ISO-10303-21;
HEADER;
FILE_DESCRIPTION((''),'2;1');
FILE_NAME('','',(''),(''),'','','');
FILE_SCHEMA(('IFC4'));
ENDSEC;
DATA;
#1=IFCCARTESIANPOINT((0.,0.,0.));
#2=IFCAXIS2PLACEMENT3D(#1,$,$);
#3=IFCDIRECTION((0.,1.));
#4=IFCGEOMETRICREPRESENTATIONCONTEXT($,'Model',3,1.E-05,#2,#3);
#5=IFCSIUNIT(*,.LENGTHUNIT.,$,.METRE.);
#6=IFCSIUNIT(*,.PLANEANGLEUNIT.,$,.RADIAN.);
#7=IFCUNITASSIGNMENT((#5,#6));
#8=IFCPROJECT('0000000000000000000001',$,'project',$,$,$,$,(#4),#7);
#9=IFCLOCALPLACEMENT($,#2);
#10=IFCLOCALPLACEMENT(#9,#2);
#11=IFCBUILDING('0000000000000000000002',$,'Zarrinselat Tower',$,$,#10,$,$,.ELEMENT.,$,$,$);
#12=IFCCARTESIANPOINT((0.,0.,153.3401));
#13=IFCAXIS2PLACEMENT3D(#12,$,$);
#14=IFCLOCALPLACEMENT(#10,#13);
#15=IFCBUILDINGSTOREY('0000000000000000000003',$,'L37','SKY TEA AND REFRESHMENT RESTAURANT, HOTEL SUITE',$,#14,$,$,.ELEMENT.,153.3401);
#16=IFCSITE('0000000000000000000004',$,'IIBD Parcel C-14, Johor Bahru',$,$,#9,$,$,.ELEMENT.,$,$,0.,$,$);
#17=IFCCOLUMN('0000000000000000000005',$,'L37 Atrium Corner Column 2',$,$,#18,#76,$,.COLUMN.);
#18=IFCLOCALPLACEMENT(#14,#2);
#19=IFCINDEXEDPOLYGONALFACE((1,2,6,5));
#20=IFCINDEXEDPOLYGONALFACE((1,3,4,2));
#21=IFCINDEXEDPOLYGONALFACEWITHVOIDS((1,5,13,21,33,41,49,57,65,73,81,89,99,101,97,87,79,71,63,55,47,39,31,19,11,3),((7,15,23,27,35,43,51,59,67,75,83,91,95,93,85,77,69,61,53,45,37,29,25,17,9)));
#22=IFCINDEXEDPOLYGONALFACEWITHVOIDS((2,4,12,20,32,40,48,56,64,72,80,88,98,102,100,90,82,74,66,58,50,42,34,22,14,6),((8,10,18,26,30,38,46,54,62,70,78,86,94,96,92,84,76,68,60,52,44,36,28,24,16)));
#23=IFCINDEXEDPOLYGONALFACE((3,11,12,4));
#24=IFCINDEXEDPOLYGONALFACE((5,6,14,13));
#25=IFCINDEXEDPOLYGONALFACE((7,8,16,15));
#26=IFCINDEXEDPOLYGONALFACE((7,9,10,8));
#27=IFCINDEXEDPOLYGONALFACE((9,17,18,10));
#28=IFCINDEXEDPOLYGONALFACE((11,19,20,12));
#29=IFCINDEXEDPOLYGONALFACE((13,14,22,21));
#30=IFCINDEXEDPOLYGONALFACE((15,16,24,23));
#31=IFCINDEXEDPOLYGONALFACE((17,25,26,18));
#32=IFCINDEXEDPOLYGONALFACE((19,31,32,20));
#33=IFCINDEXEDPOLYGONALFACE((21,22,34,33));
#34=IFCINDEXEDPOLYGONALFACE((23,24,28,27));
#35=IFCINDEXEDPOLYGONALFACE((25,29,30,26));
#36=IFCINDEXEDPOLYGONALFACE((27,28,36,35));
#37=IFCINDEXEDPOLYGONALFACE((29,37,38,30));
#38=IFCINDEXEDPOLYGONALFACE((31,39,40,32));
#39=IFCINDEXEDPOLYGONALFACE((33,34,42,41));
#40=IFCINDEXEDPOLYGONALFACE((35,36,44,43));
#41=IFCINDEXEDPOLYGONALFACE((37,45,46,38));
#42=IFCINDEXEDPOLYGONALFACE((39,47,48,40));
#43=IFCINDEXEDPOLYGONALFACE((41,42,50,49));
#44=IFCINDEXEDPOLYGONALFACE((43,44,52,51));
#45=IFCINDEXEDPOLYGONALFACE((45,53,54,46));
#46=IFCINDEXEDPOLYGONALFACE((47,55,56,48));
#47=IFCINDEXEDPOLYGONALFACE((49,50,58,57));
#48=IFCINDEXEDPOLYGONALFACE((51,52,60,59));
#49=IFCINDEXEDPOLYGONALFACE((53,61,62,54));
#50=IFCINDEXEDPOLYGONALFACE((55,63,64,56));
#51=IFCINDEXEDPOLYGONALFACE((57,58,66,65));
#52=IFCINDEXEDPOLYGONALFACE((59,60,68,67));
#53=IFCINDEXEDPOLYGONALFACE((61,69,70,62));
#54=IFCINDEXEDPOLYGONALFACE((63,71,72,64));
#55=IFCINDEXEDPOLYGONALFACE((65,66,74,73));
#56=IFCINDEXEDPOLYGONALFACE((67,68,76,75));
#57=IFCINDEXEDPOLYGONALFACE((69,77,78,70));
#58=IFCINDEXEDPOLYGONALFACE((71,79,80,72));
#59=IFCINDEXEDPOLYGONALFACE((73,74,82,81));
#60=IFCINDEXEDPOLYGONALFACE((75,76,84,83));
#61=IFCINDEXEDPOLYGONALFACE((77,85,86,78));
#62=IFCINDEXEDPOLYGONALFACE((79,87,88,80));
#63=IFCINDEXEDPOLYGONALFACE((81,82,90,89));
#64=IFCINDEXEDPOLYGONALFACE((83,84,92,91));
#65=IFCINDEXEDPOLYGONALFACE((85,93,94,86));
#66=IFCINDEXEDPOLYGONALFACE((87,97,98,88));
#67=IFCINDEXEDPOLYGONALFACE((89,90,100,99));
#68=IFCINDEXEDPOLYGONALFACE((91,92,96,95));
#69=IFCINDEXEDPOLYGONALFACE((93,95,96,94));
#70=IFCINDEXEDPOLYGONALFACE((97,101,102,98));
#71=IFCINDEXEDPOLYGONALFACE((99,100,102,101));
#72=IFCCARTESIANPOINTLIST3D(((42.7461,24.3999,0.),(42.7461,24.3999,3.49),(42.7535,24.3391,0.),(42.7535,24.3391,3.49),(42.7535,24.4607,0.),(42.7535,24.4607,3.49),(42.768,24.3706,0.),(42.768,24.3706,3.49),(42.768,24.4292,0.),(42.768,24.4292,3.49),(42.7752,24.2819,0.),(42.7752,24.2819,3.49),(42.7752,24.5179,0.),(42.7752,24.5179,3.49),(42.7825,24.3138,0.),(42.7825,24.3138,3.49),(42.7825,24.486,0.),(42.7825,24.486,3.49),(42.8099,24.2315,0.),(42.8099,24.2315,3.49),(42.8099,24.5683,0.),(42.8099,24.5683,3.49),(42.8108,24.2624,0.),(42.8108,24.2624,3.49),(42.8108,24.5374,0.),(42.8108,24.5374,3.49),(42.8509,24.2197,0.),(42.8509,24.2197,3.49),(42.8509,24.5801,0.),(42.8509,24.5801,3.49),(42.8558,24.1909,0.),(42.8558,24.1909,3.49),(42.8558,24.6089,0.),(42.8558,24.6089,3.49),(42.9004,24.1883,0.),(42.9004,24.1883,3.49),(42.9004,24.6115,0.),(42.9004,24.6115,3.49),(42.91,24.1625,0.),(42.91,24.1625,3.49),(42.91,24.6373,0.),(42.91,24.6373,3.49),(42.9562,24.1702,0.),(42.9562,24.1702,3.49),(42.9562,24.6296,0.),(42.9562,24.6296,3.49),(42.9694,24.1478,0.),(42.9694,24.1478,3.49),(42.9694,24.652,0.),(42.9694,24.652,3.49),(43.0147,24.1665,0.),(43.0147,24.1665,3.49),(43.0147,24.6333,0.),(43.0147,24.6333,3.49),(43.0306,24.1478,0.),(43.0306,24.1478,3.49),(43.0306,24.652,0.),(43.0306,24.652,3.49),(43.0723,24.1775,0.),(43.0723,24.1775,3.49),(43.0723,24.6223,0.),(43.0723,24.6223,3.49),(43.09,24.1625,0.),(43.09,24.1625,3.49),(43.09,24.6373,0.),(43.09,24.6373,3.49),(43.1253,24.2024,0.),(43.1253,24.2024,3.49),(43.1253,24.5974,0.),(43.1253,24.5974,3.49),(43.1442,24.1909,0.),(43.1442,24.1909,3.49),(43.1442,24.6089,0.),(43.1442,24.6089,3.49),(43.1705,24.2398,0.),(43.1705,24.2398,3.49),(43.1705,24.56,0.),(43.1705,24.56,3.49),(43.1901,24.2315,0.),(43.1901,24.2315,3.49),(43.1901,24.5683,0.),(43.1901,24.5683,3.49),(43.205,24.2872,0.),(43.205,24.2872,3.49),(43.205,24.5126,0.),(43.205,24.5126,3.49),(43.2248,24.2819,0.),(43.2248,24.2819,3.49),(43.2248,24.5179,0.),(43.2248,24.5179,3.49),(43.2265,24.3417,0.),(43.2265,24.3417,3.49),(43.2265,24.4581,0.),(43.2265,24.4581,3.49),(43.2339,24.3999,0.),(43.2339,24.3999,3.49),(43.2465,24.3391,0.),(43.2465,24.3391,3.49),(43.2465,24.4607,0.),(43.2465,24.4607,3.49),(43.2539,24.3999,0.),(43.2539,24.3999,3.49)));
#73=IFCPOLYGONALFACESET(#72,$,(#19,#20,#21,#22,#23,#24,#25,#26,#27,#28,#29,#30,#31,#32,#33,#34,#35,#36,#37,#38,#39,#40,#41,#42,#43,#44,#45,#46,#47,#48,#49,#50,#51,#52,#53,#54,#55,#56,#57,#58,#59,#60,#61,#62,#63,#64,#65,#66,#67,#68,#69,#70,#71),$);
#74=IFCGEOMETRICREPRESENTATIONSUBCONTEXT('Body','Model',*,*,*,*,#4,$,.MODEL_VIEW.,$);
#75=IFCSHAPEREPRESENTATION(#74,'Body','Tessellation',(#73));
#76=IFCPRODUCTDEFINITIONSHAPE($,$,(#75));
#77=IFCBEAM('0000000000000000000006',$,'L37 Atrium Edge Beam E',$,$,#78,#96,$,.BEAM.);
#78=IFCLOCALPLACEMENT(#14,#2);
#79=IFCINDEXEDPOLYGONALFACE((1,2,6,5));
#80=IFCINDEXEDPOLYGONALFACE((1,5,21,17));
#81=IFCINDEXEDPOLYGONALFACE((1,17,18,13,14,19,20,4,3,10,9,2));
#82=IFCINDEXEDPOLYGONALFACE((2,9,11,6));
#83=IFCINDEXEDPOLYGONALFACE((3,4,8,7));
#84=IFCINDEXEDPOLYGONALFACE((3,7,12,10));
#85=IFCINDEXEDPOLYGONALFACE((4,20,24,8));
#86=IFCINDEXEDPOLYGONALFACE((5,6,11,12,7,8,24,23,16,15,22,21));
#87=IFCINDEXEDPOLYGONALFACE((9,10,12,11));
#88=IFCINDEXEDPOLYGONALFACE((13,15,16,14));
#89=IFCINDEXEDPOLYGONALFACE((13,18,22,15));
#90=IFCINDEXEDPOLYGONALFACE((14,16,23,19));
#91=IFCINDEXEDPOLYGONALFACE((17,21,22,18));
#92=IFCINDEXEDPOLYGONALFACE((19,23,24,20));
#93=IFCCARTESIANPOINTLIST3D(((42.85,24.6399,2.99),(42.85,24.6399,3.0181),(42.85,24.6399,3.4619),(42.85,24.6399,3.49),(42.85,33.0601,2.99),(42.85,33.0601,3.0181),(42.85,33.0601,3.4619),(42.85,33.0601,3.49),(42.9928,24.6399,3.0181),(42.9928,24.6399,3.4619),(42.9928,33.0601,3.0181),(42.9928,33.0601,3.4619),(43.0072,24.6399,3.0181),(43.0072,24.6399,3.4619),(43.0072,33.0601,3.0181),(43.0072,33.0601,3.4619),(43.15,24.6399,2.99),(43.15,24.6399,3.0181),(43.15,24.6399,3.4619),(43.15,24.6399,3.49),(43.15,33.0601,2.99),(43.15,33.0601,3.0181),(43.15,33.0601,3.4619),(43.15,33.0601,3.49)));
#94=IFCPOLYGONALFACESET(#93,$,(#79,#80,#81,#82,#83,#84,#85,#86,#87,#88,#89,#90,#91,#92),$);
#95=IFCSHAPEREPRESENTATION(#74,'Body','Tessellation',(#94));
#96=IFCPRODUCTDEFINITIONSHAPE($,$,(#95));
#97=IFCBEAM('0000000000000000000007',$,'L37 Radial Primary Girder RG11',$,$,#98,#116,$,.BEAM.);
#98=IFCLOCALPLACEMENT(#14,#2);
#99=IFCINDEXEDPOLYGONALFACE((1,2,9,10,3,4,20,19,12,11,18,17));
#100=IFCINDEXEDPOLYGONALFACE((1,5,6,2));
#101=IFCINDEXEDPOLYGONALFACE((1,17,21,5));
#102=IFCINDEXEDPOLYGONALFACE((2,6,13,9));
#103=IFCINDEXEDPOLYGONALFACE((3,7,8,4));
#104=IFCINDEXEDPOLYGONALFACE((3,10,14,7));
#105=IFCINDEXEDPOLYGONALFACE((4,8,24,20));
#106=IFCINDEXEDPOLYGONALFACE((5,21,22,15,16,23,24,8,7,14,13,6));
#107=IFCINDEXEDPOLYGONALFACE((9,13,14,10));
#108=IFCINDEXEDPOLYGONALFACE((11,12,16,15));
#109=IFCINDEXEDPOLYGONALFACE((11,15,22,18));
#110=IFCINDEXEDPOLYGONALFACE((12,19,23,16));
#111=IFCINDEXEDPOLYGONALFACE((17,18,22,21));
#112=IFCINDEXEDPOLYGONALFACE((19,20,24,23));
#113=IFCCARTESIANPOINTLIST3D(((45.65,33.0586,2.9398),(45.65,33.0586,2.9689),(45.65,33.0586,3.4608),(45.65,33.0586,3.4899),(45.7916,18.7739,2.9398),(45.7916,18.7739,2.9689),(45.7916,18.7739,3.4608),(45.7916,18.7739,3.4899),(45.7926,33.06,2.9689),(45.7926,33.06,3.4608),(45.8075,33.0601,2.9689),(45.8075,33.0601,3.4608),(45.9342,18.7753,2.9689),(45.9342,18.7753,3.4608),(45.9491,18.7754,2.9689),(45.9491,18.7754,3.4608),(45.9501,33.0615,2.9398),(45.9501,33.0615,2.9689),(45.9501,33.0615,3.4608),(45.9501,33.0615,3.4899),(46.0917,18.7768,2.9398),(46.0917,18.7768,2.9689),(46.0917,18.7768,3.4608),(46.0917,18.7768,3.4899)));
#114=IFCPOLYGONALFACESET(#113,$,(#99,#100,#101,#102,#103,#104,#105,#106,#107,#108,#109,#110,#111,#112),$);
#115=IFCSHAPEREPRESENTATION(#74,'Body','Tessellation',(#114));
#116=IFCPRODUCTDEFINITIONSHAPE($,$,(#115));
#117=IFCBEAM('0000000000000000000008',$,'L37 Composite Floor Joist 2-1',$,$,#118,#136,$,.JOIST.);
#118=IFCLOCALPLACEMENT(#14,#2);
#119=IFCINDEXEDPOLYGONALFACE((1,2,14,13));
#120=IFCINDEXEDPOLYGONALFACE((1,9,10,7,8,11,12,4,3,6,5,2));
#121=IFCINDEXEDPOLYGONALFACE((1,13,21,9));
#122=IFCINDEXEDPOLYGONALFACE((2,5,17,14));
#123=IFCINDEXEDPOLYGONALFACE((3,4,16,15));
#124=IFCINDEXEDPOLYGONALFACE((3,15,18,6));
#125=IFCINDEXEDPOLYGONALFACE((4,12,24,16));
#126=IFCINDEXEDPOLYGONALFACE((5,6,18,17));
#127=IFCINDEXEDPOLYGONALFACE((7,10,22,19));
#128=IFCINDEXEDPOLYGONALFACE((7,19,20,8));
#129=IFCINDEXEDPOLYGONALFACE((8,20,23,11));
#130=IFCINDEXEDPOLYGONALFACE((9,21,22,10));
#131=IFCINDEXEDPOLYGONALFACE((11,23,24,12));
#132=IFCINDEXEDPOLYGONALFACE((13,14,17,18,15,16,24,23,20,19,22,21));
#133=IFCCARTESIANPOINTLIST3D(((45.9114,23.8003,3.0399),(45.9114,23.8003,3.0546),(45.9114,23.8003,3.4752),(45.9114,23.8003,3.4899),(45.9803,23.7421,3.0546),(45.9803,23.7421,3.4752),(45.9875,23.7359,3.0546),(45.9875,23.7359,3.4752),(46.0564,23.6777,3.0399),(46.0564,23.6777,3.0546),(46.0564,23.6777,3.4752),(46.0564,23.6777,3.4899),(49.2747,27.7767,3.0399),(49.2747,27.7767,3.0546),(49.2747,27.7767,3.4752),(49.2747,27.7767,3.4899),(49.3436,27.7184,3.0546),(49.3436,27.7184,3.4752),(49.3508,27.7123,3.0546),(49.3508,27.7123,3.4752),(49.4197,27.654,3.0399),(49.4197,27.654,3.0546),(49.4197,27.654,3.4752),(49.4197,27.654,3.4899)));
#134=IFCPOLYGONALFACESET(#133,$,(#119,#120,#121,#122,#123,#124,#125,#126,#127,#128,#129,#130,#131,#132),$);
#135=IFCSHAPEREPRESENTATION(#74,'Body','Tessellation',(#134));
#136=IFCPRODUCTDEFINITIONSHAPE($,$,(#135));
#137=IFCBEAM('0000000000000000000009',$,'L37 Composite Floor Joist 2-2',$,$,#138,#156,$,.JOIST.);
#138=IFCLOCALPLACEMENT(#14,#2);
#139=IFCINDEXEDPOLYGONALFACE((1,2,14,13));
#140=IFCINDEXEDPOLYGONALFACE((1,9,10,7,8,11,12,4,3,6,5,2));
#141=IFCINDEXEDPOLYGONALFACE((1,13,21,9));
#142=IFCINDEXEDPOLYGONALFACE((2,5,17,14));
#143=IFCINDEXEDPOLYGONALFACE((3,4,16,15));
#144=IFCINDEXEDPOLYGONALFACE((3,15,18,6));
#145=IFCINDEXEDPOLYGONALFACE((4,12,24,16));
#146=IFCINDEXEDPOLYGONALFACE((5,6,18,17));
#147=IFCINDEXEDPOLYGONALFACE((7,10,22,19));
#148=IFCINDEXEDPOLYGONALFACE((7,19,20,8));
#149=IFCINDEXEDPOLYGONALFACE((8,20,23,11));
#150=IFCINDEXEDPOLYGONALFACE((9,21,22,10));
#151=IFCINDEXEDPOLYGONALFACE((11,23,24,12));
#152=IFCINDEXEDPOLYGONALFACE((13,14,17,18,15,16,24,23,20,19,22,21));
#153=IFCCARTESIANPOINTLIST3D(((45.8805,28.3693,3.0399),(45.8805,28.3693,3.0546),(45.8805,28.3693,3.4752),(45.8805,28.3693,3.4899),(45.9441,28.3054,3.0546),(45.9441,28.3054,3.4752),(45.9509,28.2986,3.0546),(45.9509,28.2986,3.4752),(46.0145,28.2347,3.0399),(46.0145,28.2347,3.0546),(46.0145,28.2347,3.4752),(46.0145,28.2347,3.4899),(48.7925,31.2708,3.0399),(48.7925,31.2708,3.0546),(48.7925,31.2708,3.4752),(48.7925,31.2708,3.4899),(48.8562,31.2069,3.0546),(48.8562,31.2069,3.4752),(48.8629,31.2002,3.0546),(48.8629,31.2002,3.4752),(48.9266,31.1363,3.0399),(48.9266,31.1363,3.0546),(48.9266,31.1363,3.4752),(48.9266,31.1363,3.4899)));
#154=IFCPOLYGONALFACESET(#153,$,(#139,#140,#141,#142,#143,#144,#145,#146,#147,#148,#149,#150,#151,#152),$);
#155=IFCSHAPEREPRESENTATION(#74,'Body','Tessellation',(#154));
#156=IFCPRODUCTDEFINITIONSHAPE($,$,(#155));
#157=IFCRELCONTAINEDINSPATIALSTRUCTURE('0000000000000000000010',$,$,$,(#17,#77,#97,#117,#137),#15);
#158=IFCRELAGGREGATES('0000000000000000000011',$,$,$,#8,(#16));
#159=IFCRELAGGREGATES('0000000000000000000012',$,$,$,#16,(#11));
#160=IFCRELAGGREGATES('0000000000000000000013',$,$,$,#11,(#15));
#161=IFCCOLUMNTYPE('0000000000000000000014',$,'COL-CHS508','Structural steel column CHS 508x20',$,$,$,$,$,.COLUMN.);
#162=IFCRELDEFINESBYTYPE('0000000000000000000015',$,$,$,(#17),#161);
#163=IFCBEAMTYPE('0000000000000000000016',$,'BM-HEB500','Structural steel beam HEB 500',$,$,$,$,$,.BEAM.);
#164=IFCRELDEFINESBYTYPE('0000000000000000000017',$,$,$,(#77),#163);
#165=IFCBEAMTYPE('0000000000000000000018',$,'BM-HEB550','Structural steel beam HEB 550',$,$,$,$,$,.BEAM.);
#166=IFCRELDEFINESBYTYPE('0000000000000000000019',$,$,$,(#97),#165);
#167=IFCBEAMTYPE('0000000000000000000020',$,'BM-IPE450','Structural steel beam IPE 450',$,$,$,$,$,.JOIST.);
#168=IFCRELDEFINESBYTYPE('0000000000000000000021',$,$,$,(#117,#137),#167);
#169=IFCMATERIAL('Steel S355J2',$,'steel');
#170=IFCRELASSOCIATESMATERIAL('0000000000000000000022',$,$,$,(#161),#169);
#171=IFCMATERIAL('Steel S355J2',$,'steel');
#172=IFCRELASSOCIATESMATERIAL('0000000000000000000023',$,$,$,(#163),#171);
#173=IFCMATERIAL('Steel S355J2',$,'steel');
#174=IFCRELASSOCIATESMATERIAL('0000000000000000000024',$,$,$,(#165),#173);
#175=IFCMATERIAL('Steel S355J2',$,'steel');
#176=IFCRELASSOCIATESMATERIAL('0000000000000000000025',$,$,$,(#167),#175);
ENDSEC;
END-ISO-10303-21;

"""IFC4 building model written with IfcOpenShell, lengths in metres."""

from ifc_helpers import new_model, si_unit, direction, frame, origin, origin_2d, place, context, subcontext, project, spatial, hollow_circle, i_section, extrude, material, material_profile, profile_set, type_object, element, save


model = new_model("IFC4")

# Units and contexts
model_context = context("Model", 3, precision=1e-05, world=origin(), true_north=direction((0.0, 1.0)))
body_context = subcontext(model_context, "Body", "Model", "MODEL_VIEW")
ifc_project = project(units=[si_unit("LENGTHUNIT", "METRE"), si_unit("PLANEANGLEUNIT", "RADIAN")], contexts=[model_context])

# Site, building, storey
site_placement = place(None, origin())
site = spatial("IfcSite", under=ifc_project, at=site_placement, Name="IIBD Parcel C-14, Johor Bahru", CompositionType="ELEMENT", RefElevation=0.0)
building_placement = place(site_placement, origin())
building = spatial("IfcBuilding", under=site, at=building_placement, Name="Zarrinselat Tower", CompositionType="ELEMENT")
storey_placement = place(building_placement, frame((0.0, 0.0, 153.3401)))
storey = spatial("IfcBuildingStorey", under=building, at=storey_placement, Name="L37", Description="SKY TEA AND REFRESHMENT RESTAURANT, HOTEL SUITE", CompositionType="ELEMENT", Elevation=153.3401)

# Column
ifc_material_1 = material(Name="Steel S355J2", Category="steel")
ifc_material_profile_1 = material_profile(ifc_material_1, hollow_circle(Radius=0.2539, WallThickness=0.02, at=origin_2d()), Name="CHS 508x20")
ifc_profile_set_1 = profile_set([ifc_material_profile_1], Name="Steel S355J2")
column_type = type_object("IfcColumnType", Name="COL-CHS508", Description="Structural steel column CHS 508x20", PredefinedType="COLUMN", material=ifc_profile_set_1)
column_placement = place(storey_placement, frame((43.0, 24.3999, 0.0), z_axis=(0.0, 0.0, 1.0), x_axis=(1.0, 0.0, 0.0)))
element("IfcColumn", 1, at=column_placement, inside=storey, type_object=column_type, Name="L37 Atrium Corner Column 2", PredefinedType="COLUMN", context=body_context, shape_type="SweptSolid", body=[
    extrude(hollow_circle(Radius=0.2539, WallThickness=0.02, at=origin_2d()), origin(), (0.0, 0.0, 1.0), 3.49),
])

# Beams
ifc_material_2 = material(Name="Steel S355J2", Category="steel")
ifc_material_profile_2 = material_profile(ifc_material_2, i_section(OverallWidth=0.3, OverallDepth=0.5, WebThickness=0.0144, FlangeThickness=0.0281, at=origin_2d()), Name="HEB 500")
ifc_profile_set_2 = profile_set([ifc_material_profile_2], Name="Steel S355J2")
beam_type_1 = type_object("IfcBeamType", Name="BM-HEB500", Description="Structural steel beam HEB 500", PredefinedType="BEAM", material=ifc_profile_set_2)
beam_1_placement = place(storey_placement, frame((43.0, 24.6399, 3.24), z_axis=(0.0, 1.0, 0.0), x_axis=(-1.0, 0.0, 0.0)))
element("IfcBeam", 2, at=beam_1_placement, inside=storey, type_object=beam_type_1, Name="L37 Atrium Edge Beam E", PredefinedType="BEAM", context=body_context, shape_type="SweptSolid", body=[
    extrude(i_section(OverallWidth=0.3, OverallDepth=0.5, WebThickness=0.0144, FlangeThickness=0.0281, at=origin_2d()), origin(), (0.0, 0.0, 1.0), 8.4202),
])
ifc_material_3 = material(Name="Steel S355J2", Category="steel")
ifc_material_profile_3 = material_profile(ifc_material_3, i_section(OverallWidth=0.3, OverallDepth=0.55, WebThickness=0.0149, FlangeThickness=0.0291, at=origin_2d()), Name="HEB 550")
ifc_profile_set_3 = profile_set([ifc_material_profile_3], Name="Steel S355J2")
beam_type_2 = type_object("IfcBeamType", Name="BM-HEB550", Description="Structural steel beam HEB 550", PredefinedType="BEAM", material=ifc_profile_set_3)
beam_2_placement = place(storey_placement, frame((45.8, 33.0601, 3.2148), z_axis=(0.009912, -0.999951, 0.0), x_axis=(0.999951, 0.009912, 0.0)))
element("IfcBeam", 3, at=beam_2_placement, inside=storey, type_object=beam_type_2, Name="L37 Radial Primary Girder RG11", PredefinedType="BEAM", context=body_context, shape_type="SweptSolid", body=[
    extrude(i_section(OverallWidth=0.3, OverallDepth=0.55, WebThickness=0.0149, FlangeThickness=0.0291, at=origin_2d()), origin(), (0.0, 0.0, 1.0), 14.2854),
])
ifc_material_4 = material(Name="Steel S355J2", Category="steel")
ifc_material_profile_4 = material_profile(ifc_material_4, i_section(OverallWidth=0.1899, OverallDepth=0.45, WebThickness=0.0095, FlangeThickness=0.0146, at=origin_2d()), Name="IPE 450")
ifc_profile_set_4 = profile_set([ifc_material_profile_4], Name="Steel S355J2")
beam_type_3 = type_object("IfcBeamType", Name="BM-IPE450", Description="Structural steel beam IPE 450", PredefinedType="JOIST", material=ifc_profile_set_4)
beam_3_placement = place(storey_placement, frame((45.9839, 23.739, 3.2649), z_axis=(0.645797, 0.763509, 0.0), x_axis=(-0.763509, 0.645797, 0.0)))
element("IfcBeam", 4, at=beam_3_placement, inside=storey, type_object=beam_type_3, Name="L37 Composite Floor Joist 2-1", PredefinedType="JOIST", context=body_context, shape_type="SweptSolid", body=[
    extrude(i_section(OverallWidth=0.1899, OverallDepth=0.45, WebThickness=0.0095, FlangeThickness=0.0146, at=origin_2d()), origin(), (0.0, 0.0, 1.0), 5.208),
])
beam_4_placement = place(storey_placement, frame((45.9475, 28.302, 3.2649), z_axis=(0.708382, 0.705829, 0.0), x_axis=(-0.705829, 0.708382, 0.0)))
element("IfcBeam", 5, at=beam_4_placement, inside=storey, type_object=beam_type_3, Name="L37 Composite Floor Joist 2-2", PredefinedType="JOIST", context=body_context, shape_type="SweptSolid", body=[
    extrude(i_section(OverallWidth=0.1899, OverallDepth=0.45, WebThickness=0.0095, FlangeThickness=0.0146, at=origin_2d()), origin(), (0.0, 0.0, 1.0), 4.1108),
])

save(model, "model.ifc")
